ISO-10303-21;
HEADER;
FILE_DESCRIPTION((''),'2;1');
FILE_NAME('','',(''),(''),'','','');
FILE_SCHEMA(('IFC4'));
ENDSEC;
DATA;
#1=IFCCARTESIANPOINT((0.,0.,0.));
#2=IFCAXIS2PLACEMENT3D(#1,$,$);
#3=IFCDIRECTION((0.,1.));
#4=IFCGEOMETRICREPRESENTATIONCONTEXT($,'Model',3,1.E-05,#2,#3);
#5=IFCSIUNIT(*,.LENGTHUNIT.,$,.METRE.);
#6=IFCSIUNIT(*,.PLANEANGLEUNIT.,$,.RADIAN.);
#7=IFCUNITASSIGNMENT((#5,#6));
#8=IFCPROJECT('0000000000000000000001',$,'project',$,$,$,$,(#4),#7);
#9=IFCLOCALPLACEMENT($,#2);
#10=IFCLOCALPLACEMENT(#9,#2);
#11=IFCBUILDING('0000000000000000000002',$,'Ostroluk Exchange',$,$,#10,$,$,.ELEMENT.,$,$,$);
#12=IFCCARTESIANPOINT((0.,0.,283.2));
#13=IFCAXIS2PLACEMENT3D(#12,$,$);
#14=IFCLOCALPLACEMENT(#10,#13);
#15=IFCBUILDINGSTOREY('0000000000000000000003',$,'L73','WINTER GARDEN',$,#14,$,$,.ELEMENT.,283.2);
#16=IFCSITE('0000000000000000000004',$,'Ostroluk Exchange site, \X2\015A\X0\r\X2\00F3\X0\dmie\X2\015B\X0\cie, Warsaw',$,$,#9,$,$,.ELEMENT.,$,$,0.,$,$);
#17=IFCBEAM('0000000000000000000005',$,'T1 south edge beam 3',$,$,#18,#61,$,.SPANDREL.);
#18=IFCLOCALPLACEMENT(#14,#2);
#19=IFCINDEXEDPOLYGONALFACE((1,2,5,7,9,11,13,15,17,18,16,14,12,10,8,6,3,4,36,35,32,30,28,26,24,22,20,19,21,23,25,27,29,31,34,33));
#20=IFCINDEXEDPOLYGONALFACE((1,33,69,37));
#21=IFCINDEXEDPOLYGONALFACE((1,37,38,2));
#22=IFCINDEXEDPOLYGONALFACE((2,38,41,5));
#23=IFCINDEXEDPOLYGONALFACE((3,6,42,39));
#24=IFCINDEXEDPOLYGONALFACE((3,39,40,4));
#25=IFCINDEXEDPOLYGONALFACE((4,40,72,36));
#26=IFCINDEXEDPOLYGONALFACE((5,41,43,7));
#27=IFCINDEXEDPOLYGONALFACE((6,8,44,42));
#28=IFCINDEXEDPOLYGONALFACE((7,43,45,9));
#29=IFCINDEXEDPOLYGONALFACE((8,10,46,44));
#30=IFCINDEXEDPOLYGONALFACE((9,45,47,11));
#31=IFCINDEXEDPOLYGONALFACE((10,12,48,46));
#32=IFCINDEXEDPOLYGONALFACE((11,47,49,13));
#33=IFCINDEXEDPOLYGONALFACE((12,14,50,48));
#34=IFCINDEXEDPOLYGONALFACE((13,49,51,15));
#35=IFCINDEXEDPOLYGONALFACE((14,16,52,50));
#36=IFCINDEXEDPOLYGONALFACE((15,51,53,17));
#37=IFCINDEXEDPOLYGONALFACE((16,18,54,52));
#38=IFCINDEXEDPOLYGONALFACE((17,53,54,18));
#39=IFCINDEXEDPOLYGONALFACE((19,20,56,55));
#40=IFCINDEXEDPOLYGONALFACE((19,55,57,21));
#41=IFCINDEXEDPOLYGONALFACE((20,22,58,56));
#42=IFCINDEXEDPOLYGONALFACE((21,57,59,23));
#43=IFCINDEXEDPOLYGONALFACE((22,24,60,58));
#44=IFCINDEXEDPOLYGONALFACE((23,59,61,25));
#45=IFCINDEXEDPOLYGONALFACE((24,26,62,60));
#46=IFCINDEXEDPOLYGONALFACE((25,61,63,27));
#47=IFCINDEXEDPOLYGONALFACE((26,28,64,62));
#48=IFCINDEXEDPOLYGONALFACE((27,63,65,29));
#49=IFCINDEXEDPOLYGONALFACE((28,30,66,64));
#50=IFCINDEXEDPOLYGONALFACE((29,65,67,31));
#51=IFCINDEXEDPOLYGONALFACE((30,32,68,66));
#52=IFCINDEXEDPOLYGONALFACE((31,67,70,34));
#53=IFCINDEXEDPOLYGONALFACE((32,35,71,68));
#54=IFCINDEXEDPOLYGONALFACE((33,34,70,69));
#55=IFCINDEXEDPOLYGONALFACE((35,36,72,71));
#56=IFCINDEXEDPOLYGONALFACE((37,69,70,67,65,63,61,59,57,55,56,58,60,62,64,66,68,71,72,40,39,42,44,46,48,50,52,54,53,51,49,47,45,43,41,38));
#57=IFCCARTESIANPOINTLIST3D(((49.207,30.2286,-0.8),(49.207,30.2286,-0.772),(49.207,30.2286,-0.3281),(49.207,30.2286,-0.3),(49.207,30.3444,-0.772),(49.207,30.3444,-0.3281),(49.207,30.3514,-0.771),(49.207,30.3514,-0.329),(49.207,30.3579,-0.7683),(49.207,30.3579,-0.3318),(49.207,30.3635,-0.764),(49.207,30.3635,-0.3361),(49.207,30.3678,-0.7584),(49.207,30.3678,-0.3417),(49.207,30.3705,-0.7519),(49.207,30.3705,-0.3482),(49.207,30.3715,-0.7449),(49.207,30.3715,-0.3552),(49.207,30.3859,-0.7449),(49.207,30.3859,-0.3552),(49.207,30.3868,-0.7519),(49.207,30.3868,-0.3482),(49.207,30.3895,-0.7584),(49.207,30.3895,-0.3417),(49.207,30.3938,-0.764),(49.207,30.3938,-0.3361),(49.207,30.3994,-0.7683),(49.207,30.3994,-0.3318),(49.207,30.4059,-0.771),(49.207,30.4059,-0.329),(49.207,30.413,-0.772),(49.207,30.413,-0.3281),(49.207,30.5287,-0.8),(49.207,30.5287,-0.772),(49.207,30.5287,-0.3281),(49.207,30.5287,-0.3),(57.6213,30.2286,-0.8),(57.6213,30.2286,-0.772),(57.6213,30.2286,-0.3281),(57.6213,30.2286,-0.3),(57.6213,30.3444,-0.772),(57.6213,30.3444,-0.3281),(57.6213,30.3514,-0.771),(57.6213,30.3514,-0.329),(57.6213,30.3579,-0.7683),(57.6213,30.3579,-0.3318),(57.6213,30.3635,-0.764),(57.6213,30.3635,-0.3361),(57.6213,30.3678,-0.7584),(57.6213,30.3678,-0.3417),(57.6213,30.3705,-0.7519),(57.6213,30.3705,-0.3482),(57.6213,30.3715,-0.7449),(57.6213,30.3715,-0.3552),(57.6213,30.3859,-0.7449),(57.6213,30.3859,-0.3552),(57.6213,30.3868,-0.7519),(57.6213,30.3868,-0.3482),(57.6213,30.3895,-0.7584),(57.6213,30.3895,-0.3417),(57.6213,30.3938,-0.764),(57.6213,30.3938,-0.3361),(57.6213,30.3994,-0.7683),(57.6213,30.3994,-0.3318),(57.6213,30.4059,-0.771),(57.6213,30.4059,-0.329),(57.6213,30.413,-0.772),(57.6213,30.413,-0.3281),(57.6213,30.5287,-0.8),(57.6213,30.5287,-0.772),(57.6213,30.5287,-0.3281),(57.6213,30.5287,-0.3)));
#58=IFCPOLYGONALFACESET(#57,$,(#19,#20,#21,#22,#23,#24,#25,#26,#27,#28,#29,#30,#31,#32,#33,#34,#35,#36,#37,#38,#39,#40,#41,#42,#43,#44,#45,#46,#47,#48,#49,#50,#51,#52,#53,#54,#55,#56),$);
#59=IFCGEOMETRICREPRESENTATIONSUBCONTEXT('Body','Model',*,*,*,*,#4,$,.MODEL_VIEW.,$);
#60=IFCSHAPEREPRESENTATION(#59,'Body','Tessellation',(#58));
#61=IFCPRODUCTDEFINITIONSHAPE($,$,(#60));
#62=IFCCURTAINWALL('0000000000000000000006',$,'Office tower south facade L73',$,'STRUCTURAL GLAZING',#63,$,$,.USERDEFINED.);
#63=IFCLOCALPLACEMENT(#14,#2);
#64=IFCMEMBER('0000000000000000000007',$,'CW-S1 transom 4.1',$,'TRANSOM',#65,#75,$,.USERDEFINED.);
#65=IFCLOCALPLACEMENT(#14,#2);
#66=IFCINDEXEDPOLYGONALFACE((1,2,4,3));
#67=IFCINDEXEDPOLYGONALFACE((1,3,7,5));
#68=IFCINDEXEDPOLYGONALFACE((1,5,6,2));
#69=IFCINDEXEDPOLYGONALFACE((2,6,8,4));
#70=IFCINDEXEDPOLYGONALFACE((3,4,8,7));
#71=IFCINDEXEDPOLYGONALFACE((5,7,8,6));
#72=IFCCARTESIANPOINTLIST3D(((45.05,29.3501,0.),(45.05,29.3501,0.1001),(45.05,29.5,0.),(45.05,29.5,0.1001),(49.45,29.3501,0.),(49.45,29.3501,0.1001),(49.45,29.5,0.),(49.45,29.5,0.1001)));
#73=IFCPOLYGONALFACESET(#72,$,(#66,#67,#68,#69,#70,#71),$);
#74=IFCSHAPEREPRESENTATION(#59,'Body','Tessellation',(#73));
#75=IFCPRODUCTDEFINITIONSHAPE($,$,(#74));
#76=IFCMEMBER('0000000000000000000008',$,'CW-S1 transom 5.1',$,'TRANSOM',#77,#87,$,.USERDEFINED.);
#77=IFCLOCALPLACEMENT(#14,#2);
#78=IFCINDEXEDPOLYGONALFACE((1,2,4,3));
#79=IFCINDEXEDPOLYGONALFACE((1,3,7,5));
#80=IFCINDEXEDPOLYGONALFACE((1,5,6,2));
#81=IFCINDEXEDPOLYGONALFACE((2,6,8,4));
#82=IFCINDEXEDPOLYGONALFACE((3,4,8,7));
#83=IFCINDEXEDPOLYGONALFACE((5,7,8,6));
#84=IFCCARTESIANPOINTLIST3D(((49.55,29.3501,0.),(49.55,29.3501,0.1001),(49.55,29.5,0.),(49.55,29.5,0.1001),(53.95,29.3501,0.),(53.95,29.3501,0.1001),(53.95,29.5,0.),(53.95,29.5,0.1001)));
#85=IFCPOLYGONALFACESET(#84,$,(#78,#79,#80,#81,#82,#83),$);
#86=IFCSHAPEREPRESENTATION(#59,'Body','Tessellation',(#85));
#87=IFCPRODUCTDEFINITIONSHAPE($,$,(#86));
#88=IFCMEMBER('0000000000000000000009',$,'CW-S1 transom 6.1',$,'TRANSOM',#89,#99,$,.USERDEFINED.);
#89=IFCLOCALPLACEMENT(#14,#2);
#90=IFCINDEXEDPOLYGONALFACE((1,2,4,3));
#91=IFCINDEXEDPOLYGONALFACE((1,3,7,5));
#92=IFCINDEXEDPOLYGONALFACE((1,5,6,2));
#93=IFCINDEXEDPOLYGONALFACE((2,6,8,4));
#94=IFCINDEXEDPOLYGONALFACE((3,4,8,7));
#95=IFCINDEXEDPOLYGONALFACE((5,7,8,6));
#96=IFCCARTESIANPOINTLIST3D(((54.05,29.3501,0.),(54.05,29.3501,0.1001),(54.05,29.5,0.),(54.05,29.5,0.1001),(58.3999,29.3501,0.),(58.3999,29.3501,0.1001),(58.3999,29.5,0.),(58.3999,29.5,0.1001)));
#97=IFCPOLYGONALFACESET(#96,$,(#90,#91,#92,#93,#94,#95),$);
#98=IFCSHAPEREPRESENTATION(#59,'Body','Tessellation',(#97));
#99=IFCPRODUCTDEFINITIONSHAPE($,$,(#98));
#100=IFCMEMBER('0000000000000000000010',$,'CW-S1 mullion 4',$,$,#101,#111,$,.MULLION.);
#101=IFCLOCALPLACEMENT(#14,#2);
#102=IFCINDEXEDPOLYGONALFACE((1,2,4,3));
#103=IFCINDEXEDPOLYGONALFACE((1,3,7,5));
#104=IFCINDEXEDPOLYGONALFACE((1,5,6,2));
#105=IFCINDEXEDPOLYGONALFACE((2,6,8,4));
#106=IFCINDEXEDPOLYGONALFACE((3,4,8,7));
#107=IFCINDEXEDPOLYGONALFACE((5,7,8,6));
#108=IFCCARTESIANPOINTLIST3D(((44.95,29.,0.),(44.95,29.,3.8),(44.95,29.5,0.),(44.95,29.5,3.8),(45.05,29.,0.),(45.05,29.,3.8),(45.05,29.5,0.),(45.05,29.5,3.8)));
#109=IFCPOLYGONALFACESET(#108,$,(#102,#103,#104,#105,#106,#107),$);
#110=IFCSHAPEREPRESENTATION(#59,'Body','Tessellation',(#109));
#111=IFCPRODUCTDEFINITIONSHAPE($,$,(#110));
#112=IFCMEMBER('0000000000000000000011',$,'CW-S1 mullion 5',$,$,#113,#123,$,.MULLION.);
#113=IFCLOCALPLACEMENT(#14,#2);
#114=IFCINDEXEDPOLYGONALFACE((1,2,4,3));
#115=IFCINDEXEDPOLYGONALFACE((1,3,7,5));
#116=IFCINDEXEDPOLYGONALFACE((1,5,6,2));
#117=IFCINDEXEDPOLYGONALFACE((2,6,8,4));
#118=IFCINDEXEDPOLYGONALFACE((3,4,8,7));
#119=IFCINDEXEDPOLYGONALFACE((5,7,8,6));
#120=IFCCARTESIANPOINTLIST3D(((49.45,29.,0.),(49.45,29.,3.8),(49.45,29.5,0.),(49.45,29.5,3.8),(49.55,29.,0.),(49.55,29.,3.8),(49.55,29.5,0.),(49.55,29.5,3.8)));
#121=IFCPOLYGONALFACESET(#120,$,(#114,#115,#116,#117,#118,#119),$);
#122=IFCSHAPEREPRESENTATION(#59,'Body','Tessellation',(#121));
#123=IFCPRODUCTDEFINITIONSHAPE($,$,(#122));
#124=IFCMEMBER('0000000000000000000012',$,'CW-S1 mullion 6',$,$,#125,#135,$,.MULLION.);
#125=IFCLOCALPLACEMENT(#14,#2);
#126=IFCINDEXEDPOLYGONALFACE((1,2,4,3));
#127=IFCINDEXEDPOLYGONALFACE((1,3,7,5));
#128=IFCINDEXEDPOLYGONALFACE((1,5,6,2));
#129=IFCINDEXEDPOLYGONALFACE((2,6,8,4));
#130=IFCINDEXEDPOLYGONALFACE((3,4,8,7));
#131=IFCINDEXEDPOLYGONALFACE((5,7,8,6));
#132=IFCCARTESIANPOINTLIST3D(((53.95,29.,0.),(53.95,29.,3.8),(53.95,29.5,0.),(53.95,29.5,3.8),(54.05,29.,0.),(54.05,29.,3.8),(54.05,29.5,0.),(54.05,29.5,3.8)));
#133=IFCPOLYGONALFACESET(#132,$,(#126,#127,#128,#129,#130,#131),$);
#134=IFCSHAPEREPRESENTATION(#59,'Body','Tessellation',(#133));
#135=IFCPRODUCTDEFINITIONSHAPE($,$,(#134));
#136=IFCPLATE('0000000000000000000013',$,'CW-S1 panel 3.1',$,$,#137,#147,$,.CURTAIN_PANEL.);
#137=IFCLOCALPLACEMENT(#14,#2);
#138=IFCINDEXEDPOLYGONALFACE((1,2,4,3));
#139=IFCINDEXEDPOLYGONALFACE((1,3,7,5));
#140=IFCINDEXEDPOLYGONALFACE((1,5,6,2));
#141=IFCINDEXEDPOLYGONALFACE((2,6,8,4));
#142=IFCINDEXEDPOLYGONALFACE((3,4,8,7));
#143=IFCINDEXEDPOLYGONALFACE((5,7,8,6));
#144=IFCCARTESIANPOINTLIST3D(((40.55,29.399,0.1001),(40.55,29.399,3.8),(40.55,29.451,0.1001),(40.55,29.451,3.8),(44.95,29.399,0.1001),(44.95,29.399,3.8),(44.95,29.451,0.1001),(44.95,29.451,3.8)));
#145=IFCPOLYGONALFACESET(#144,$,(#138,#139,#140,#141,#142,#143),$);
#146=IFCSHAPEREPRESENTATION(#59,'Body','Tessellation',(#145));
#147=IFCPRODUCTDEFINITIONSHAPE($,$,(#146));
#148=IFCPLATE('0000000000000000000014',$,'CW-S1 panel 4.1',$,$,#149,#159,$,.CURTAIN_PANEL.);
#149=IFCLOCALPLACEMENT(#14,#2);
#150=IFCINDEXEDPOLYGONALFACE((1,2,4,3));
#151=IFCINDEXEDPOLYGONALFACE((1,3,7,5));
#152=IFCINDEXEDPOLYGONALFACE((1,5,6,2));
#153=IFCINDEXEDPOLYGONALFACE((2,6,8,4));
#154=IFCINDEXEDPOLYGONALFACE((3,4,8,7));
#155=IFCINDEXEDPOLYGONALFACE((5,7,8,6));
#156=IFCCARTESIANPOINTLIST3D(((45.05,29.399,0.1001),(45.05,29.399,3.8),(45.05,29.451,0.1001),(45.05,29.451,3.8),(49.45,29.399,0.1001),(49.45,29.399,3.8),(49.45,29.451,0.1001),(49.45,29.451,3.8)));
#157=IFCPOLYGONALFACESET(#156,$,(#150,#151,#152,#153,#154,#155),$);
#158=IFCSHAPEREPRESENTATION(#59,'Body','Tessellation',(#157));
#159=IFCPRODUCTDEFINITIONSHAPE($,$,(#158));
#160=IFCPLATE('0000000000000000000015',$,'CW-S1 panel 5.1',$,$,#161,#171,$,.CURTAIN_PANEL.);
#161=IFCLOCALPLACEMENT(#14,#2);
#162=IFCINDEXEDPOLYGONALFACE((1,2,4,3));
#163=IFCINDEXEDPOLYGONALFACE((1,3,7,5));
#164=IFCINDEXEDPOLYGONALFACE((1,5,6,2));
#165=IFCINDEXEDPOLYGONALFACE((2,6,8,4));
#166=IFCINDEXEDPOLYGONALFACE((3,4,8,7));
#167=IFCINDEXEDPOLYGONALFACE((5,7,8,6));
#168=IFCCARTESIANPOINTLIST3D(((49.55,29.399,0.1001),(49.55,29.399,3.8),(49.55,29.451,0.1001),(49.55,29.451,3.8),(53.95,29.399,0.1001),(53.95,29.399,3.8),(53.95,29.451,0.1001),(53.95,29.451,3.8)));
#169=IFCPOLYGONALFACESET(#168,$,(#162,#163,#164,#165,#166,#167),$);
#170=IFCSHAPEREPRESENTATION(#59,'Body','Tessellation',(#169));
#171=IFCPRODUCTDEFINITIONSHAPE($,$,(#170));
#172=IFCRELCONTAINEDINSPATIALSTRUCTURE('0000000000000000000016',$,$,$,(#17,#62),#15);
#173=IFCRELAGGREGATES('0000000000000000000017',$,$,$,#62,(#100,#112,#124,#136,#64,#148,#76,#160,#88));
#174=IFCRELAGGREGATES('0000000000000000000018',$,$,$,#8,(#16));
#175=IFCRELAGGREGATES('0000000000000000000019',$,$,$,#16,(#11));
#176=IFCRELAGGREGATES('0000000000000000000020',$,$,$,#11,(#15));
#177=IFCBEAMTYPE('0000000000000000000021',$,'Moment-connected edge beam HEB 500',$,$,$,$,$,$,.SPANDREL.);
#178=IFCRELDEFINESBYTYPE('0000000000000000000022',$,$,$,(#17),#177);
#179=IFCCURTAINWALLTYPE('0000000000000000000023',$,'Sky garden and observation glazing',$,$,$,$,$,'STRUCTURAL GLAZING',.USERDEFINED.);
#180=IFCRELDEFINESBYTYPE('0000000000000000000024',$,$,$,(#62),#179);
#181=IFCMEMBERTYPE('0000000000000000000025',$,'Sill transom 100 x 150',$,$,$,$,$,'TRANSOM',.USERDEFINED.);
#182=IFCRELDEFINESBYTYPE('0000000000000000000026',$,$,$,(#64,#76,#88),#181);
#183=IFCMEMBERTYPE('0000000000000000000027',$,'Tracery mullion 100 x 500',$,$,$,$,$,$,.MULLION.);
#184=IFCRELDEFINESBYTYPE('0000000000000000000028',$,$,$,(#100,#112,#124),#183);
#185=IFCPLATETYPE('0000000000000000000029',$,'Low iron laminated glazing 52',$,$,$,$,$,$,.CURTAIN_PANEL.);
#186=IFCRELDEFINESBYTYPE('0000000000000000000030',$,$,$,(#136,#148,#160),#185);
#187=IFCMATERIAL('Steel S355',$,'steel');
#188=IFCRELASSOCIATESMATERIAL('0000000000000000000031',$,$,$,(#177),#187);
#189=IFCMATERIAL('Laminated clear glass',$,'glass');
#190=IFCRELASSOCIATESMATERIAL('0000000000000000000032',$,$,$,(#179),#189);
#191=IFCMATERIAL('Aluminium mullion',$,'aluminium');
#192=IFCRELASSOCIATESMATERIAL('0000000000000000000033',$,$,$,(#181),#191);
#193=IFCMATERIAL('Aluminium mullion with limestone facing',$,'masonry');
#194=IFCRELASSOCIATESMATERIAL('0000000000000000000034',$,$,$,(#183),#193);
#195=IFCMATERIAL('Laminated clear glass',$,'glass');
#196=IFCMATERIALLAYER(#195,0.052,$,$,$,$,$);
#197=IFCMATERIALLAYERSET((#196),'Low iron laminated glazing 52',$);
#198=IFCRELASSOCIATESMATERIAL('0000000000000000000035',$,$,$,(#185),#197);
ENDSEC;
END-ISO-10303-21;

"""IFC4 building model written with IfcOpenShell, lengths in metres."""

from ifc_helpers import new_model, si_unit, direction, frame, origin, origin_2d, place, context, subcontext, project, spatial, rectangle, i_section, extrude, material, layer, layer_set, material_profile, profile_set, type_object, element, aggregate, save


model = new_model("IFC4")

# Units and contexts
model_context = context("Model", 3, precision=1e-05, world=origin(), true_north=direction((0.0, 1.0)))
body_context = subcontext(model_context, "Body", "Model", "MODEL_VIEW")
ifc_project = project(units=[si_unit("LENGTHUNIT", "METRE"), si_unit("PLANEANGLEUNIT", "RADIAN")], contexts=[model_context])

# Site, building, storey
site_placement = place(None, origin())
site = spatial("IfcSite", under=ifc_project, at=site_placement, Name="Ostroluk Exchange site, Śródmieście, Warsaw", CompositionType="ELEMENT", RefElevation=0.0)
building_placement = place(site_placement, origin())
building = spatial("IfcBuilding", under=site, at=building_placement, Name="Ostroluk Exchange", CompositionType="ELEMENT")
storey_placement = place(building_placement, frame((0.0, 0.0, 283.2)))
storey = spatial("IfcBuildingStorey", under=building, at=storey_placement, Name="L73", Description="WINTER GARDEN", CompositionType="ELEMENT", Elevation=283.2)

# Beam
ifc_material_1 = material(Name="Steel S355", Category="steel")
ifc_material_profile_1 = material_profile(ifc_material_1, i_section(OverallWidth=0.3, OverallDepth=0.5, WebThickness=0.0144, FlangeThickness=0.0281, FilletRadius=0.0271, at=origin_2d()), Name="HEB 500")
ifc_profile_set_1 = profile_set([ifc_material_profile_1], Name="Steel S355")
beam_type_1 = type_object("IfcBeamType", Name="Moment-connected edge beam HEB 500", PredefinedType="SPANDREL", material=ifc_profile_set_1)
beam_1_placement = place(storey_placement, frame((49.207, 30.3787, -0.55), z_axis=(1.0, 0.0, 0.0), x_axis=(0.0, 1.0, 0.0)))
element("IfcBeam", 1, at=beam_1_placement, inside=storey, type_object=beam_type_1, Name="T1 south edge beam 3", PredefinedType="SPANDREL", context=body_context, shape_type="SweptSolid", body=[
    extrude(i_section(OverallWidth=0.3, OverallDepth=0.5, WebThickness=0.0144, FlangeThickness=0.0281, FilletRadius=0.0271, at=origin_2d()), origin(), (0.0, 0.0, 1.0), 8.4143),
])

# Curtain wall, members, plates
ifc_material_2 = material(Name="Laminated clear glass", Category="glass")
curtain_wall_type = type_object("IfcCurtainWallType", Name="Sky garden and observation glazing", ElementType="STRUCTURAL GLAZING", PredefinedType="USERDEFINED", material=ifc_material_2)
curtain_wall_placement = place(storey_placement, origin())
curtain_wall = element("IfcCurtainWall", 2, at=curtain_wall_placement, inside=storey, type_object=curtain_wall_type, Name="Office tower south facade L73", ObjectType="STRUCTURAL GLAZING", PredefinedType="USERDEFINED")
ifc_material_3 = material(Name="Aluminium mullion", Category="aluminium")
ifc_material_profile_2 = material_profile(ifc_material_3, rectangle(XDim=0.1499, YDim=0.1001, at=origin_2d()), Name="Sill transom 100 x 150")
ifc_profile_set_2 = profile_set([ifc_material_profile_2], Name="Aluminium mullion")
member_type_1 = type_object("IfcMemberType", Name="Sill transom 100 x 150", ElementType="TRANSOM", PredefinedType="USERDEFINED", material=ifc_profile_set_2)
member_1_placement = place(storey_placement, frame((45.05, 29.425, 0.05), z_axis=(1.0, 0.0, 0.0), x_axis=(0.0, 1.0, 0.0)))
member_1 = element("IfcMember", 3, at=member_1_placement, type_object=member_type_1, Name="CW-S1 transom 4.1", ObjectType="TRANSOM", PredefinedType="USERDEFINED", context=body_context, shape_type="SweptSolid", body=[
    extrude(rectangle(XDim=0.1499, YDim=0.1001, at=origin_2d()), origin(), (0.0, 0.0, 1.0), 4.3999),
])
member_2_placement = place(storey_placement, frame((49.55, 29.425, 0.05), z_axis=(1.0, 0.0, 0.0), x_axis=(0.0, 1.0, 0.0)))
member_2 = element("IfcMember", 4, at=member_2_placement, type_object=member_type_1, Name="CW-S1 transom 5.1", ObjectType="TRANSOM", PredefinedType="USERDEFINED", context=body_context, shape_type="SweptSolid", body=[
    extrude(rectangle(XDim=0.1499, YDim=0.1001, at=origin_2d()), origin(), (0.0, 0.0, 1.0), 4.3999),
])
member_3_placement = place(storey_placement, frame((54.05, 29.425, 0.05), z_axis=(1.0, 0.0, 0.0), x_axis=(0.0, 1.0, 0.0)))
member_3 = element("IfcMember", 5, at=member_3_placement, type_object=member_type_1, Name="CW-S1 transom 6.1", ObjectType="TRANSOM", PredefinedType="USERDEFINED", context=body_context, shape_type="SweptSolid", body=[
    extrude(rectangle(XDim=0.1499, YDim=0.1001, at=origin_2d()), origin(), (0.0, 0.0, 1.0), 4.3499),
])
ifc_material_4 = material(Name="Aluminium mullion with limestone facing", Category="masonry")
ifc_material_profile_3 = material_profile(ifc_material_4, rectangle(XDim=0.5, YDim=0.1001, at=origin_2d()), Name="Tracery mullion 100 x 500")
ifc_profile_set_3 = profile_set([ifc_material_profile_3], Name="Aluminium mullion with limestone facing")
member_type_2 = type_object("IfcMemberType", Name="Tracery mullion 100 x 500", PredefinedType="MULLION", material=ifc_profile_set_3)
member_4_placement = place(storey_placement, frame((45.0, 29.25, 0.0), z_axis=(0.0, 0.0, 1.0), x_axis=(0.0, 1.0, 0.0)))
member_4 = element("IfcMember", 6, at=member_4_placement, type_object=member_type_2, Name="CW-S1 mullion 4", PredefinedType="MULLION", context=body_context, shape_type="SweptSolid", body=[
    extrude(rectangle(XDim=0.5, YDim=0.1001, at=origin_2d()), origin(), (0.0, 0.0, 1.0), 3.8),
])
member_5_placement = place(storey_placement, frame((49.5, 29.25, 0.0), z_axis=(0.0, 0.0, 1.0), x_axis=(0.0, 1.0, 0.0)))
member_5 = element("IfcMember", 7, at=member_5_placement, type_object=member_type_2, Name="CW-S1 mullion 5", PredefinedType="MULLION", context=body_context, shape_type="SweptSolid", body=[
    extrude(rectangle(XDim=0.5, YDim=0.1001, at=origin_2d()), origin(), (0.0, 0.0, 1.0), 3.8),
])
member_6_placement = place(storey_placement, frame((54.0, 29.25, 0.0), z_axis=(0.0, 0.0, 1.0), x_axis=(0.0, 1.0, 0.0)))
member_6 = element("IfcMember", 8, at=member_6_placement, type_object=member_type_2, Name="CW-S1 mullion 6", PredefinedType="MULLION", context=body_context, shape_type="SweptSolid", body=[
    extrude(rectangle(XDim=0.5, YDim=0.1001, at=origin_2d()), origin(), (0.0, 0.0, 1.0), 3.8),
])
ifc_material_5 = material(Name="Laminated clear glass", Category="glass")
ifc_layer_1 = layer(ifc_material_5, 0.052)
ifc_layer_set_1 = layer_set([ifc_layer_1], Name="Low iron laminated glazing 52")
plate_type = type_object("IfcPlateType", Name="Low iron laminated glazing 52", PredefinedType="CURTAIN_PANEL", material=ifc_layer_set_1)
plate_1_placement = place(storey_placement, frame((42.75, 29.425, 0.1001), z_axis=(0.0, 0.0, 1.0), x_axis=(1.0, 0.0, 0.0)))
plate_1 = element("IfcPlate", 9, at=plate_1_placement, type_object=plate_type, Name="CW-S1 panel 3.1", PredefinedType="CURTAIN_PANEL", context=body_context, shape_type="SweptSolid", body=[
    extrude(rectangle(XDim=4.3999, YDim=0.052, at=origin_2d()), origin(), (0.0, 0.0, 1.0), 3.7),
])
plate_2_placement = place(storey_placement, frame((47.25, 29.425, 0.1001), z_axis=(0.0, 0.0, 1.0), x_axis=(1.0, 0.0, 0.0)))
plate_2 = element("IfcPlate", 10, at=plate_2_placement, type_object=plate_type, Name="CW-S1 panel 4.1", PredefinedType="CURTAIN_PANEL", context=body_context, shape_type="SweptSolid", body=[
    extrude(rectangle(XDim=4.3999, YDim=0.052, at=origin_2d()), origin(), (0.0, 0.0, 1.0), 3.7),
])
plate_3_placement = place(storey_placement, frame((51.75, 29.425, 0.1001), z_axis=(0.0, 0.0, 1.0), x_axis=(1.0, 0.0, 0.0)))
plate_3 = element("IfcPlate", 11, at=plate_3_placement, type_object=plate_type, Name="CW-S1 panel 5.1", PredefinedType="CURTAIN_PANEL", context=body_context, shape_type="SweptSolid", body=[
    extrude(rectangle(XDim=4.3999, YDim=0.052, at=origin_2d()), origin(), (0.0, 0.0, 1.0), 3.7),
])
aggregate(curtain_wall, [member_4, member_5, member_6, plate_1, member_1, plate_2, member_2, plate_3, member_3])

save(model, "model.ifc")
